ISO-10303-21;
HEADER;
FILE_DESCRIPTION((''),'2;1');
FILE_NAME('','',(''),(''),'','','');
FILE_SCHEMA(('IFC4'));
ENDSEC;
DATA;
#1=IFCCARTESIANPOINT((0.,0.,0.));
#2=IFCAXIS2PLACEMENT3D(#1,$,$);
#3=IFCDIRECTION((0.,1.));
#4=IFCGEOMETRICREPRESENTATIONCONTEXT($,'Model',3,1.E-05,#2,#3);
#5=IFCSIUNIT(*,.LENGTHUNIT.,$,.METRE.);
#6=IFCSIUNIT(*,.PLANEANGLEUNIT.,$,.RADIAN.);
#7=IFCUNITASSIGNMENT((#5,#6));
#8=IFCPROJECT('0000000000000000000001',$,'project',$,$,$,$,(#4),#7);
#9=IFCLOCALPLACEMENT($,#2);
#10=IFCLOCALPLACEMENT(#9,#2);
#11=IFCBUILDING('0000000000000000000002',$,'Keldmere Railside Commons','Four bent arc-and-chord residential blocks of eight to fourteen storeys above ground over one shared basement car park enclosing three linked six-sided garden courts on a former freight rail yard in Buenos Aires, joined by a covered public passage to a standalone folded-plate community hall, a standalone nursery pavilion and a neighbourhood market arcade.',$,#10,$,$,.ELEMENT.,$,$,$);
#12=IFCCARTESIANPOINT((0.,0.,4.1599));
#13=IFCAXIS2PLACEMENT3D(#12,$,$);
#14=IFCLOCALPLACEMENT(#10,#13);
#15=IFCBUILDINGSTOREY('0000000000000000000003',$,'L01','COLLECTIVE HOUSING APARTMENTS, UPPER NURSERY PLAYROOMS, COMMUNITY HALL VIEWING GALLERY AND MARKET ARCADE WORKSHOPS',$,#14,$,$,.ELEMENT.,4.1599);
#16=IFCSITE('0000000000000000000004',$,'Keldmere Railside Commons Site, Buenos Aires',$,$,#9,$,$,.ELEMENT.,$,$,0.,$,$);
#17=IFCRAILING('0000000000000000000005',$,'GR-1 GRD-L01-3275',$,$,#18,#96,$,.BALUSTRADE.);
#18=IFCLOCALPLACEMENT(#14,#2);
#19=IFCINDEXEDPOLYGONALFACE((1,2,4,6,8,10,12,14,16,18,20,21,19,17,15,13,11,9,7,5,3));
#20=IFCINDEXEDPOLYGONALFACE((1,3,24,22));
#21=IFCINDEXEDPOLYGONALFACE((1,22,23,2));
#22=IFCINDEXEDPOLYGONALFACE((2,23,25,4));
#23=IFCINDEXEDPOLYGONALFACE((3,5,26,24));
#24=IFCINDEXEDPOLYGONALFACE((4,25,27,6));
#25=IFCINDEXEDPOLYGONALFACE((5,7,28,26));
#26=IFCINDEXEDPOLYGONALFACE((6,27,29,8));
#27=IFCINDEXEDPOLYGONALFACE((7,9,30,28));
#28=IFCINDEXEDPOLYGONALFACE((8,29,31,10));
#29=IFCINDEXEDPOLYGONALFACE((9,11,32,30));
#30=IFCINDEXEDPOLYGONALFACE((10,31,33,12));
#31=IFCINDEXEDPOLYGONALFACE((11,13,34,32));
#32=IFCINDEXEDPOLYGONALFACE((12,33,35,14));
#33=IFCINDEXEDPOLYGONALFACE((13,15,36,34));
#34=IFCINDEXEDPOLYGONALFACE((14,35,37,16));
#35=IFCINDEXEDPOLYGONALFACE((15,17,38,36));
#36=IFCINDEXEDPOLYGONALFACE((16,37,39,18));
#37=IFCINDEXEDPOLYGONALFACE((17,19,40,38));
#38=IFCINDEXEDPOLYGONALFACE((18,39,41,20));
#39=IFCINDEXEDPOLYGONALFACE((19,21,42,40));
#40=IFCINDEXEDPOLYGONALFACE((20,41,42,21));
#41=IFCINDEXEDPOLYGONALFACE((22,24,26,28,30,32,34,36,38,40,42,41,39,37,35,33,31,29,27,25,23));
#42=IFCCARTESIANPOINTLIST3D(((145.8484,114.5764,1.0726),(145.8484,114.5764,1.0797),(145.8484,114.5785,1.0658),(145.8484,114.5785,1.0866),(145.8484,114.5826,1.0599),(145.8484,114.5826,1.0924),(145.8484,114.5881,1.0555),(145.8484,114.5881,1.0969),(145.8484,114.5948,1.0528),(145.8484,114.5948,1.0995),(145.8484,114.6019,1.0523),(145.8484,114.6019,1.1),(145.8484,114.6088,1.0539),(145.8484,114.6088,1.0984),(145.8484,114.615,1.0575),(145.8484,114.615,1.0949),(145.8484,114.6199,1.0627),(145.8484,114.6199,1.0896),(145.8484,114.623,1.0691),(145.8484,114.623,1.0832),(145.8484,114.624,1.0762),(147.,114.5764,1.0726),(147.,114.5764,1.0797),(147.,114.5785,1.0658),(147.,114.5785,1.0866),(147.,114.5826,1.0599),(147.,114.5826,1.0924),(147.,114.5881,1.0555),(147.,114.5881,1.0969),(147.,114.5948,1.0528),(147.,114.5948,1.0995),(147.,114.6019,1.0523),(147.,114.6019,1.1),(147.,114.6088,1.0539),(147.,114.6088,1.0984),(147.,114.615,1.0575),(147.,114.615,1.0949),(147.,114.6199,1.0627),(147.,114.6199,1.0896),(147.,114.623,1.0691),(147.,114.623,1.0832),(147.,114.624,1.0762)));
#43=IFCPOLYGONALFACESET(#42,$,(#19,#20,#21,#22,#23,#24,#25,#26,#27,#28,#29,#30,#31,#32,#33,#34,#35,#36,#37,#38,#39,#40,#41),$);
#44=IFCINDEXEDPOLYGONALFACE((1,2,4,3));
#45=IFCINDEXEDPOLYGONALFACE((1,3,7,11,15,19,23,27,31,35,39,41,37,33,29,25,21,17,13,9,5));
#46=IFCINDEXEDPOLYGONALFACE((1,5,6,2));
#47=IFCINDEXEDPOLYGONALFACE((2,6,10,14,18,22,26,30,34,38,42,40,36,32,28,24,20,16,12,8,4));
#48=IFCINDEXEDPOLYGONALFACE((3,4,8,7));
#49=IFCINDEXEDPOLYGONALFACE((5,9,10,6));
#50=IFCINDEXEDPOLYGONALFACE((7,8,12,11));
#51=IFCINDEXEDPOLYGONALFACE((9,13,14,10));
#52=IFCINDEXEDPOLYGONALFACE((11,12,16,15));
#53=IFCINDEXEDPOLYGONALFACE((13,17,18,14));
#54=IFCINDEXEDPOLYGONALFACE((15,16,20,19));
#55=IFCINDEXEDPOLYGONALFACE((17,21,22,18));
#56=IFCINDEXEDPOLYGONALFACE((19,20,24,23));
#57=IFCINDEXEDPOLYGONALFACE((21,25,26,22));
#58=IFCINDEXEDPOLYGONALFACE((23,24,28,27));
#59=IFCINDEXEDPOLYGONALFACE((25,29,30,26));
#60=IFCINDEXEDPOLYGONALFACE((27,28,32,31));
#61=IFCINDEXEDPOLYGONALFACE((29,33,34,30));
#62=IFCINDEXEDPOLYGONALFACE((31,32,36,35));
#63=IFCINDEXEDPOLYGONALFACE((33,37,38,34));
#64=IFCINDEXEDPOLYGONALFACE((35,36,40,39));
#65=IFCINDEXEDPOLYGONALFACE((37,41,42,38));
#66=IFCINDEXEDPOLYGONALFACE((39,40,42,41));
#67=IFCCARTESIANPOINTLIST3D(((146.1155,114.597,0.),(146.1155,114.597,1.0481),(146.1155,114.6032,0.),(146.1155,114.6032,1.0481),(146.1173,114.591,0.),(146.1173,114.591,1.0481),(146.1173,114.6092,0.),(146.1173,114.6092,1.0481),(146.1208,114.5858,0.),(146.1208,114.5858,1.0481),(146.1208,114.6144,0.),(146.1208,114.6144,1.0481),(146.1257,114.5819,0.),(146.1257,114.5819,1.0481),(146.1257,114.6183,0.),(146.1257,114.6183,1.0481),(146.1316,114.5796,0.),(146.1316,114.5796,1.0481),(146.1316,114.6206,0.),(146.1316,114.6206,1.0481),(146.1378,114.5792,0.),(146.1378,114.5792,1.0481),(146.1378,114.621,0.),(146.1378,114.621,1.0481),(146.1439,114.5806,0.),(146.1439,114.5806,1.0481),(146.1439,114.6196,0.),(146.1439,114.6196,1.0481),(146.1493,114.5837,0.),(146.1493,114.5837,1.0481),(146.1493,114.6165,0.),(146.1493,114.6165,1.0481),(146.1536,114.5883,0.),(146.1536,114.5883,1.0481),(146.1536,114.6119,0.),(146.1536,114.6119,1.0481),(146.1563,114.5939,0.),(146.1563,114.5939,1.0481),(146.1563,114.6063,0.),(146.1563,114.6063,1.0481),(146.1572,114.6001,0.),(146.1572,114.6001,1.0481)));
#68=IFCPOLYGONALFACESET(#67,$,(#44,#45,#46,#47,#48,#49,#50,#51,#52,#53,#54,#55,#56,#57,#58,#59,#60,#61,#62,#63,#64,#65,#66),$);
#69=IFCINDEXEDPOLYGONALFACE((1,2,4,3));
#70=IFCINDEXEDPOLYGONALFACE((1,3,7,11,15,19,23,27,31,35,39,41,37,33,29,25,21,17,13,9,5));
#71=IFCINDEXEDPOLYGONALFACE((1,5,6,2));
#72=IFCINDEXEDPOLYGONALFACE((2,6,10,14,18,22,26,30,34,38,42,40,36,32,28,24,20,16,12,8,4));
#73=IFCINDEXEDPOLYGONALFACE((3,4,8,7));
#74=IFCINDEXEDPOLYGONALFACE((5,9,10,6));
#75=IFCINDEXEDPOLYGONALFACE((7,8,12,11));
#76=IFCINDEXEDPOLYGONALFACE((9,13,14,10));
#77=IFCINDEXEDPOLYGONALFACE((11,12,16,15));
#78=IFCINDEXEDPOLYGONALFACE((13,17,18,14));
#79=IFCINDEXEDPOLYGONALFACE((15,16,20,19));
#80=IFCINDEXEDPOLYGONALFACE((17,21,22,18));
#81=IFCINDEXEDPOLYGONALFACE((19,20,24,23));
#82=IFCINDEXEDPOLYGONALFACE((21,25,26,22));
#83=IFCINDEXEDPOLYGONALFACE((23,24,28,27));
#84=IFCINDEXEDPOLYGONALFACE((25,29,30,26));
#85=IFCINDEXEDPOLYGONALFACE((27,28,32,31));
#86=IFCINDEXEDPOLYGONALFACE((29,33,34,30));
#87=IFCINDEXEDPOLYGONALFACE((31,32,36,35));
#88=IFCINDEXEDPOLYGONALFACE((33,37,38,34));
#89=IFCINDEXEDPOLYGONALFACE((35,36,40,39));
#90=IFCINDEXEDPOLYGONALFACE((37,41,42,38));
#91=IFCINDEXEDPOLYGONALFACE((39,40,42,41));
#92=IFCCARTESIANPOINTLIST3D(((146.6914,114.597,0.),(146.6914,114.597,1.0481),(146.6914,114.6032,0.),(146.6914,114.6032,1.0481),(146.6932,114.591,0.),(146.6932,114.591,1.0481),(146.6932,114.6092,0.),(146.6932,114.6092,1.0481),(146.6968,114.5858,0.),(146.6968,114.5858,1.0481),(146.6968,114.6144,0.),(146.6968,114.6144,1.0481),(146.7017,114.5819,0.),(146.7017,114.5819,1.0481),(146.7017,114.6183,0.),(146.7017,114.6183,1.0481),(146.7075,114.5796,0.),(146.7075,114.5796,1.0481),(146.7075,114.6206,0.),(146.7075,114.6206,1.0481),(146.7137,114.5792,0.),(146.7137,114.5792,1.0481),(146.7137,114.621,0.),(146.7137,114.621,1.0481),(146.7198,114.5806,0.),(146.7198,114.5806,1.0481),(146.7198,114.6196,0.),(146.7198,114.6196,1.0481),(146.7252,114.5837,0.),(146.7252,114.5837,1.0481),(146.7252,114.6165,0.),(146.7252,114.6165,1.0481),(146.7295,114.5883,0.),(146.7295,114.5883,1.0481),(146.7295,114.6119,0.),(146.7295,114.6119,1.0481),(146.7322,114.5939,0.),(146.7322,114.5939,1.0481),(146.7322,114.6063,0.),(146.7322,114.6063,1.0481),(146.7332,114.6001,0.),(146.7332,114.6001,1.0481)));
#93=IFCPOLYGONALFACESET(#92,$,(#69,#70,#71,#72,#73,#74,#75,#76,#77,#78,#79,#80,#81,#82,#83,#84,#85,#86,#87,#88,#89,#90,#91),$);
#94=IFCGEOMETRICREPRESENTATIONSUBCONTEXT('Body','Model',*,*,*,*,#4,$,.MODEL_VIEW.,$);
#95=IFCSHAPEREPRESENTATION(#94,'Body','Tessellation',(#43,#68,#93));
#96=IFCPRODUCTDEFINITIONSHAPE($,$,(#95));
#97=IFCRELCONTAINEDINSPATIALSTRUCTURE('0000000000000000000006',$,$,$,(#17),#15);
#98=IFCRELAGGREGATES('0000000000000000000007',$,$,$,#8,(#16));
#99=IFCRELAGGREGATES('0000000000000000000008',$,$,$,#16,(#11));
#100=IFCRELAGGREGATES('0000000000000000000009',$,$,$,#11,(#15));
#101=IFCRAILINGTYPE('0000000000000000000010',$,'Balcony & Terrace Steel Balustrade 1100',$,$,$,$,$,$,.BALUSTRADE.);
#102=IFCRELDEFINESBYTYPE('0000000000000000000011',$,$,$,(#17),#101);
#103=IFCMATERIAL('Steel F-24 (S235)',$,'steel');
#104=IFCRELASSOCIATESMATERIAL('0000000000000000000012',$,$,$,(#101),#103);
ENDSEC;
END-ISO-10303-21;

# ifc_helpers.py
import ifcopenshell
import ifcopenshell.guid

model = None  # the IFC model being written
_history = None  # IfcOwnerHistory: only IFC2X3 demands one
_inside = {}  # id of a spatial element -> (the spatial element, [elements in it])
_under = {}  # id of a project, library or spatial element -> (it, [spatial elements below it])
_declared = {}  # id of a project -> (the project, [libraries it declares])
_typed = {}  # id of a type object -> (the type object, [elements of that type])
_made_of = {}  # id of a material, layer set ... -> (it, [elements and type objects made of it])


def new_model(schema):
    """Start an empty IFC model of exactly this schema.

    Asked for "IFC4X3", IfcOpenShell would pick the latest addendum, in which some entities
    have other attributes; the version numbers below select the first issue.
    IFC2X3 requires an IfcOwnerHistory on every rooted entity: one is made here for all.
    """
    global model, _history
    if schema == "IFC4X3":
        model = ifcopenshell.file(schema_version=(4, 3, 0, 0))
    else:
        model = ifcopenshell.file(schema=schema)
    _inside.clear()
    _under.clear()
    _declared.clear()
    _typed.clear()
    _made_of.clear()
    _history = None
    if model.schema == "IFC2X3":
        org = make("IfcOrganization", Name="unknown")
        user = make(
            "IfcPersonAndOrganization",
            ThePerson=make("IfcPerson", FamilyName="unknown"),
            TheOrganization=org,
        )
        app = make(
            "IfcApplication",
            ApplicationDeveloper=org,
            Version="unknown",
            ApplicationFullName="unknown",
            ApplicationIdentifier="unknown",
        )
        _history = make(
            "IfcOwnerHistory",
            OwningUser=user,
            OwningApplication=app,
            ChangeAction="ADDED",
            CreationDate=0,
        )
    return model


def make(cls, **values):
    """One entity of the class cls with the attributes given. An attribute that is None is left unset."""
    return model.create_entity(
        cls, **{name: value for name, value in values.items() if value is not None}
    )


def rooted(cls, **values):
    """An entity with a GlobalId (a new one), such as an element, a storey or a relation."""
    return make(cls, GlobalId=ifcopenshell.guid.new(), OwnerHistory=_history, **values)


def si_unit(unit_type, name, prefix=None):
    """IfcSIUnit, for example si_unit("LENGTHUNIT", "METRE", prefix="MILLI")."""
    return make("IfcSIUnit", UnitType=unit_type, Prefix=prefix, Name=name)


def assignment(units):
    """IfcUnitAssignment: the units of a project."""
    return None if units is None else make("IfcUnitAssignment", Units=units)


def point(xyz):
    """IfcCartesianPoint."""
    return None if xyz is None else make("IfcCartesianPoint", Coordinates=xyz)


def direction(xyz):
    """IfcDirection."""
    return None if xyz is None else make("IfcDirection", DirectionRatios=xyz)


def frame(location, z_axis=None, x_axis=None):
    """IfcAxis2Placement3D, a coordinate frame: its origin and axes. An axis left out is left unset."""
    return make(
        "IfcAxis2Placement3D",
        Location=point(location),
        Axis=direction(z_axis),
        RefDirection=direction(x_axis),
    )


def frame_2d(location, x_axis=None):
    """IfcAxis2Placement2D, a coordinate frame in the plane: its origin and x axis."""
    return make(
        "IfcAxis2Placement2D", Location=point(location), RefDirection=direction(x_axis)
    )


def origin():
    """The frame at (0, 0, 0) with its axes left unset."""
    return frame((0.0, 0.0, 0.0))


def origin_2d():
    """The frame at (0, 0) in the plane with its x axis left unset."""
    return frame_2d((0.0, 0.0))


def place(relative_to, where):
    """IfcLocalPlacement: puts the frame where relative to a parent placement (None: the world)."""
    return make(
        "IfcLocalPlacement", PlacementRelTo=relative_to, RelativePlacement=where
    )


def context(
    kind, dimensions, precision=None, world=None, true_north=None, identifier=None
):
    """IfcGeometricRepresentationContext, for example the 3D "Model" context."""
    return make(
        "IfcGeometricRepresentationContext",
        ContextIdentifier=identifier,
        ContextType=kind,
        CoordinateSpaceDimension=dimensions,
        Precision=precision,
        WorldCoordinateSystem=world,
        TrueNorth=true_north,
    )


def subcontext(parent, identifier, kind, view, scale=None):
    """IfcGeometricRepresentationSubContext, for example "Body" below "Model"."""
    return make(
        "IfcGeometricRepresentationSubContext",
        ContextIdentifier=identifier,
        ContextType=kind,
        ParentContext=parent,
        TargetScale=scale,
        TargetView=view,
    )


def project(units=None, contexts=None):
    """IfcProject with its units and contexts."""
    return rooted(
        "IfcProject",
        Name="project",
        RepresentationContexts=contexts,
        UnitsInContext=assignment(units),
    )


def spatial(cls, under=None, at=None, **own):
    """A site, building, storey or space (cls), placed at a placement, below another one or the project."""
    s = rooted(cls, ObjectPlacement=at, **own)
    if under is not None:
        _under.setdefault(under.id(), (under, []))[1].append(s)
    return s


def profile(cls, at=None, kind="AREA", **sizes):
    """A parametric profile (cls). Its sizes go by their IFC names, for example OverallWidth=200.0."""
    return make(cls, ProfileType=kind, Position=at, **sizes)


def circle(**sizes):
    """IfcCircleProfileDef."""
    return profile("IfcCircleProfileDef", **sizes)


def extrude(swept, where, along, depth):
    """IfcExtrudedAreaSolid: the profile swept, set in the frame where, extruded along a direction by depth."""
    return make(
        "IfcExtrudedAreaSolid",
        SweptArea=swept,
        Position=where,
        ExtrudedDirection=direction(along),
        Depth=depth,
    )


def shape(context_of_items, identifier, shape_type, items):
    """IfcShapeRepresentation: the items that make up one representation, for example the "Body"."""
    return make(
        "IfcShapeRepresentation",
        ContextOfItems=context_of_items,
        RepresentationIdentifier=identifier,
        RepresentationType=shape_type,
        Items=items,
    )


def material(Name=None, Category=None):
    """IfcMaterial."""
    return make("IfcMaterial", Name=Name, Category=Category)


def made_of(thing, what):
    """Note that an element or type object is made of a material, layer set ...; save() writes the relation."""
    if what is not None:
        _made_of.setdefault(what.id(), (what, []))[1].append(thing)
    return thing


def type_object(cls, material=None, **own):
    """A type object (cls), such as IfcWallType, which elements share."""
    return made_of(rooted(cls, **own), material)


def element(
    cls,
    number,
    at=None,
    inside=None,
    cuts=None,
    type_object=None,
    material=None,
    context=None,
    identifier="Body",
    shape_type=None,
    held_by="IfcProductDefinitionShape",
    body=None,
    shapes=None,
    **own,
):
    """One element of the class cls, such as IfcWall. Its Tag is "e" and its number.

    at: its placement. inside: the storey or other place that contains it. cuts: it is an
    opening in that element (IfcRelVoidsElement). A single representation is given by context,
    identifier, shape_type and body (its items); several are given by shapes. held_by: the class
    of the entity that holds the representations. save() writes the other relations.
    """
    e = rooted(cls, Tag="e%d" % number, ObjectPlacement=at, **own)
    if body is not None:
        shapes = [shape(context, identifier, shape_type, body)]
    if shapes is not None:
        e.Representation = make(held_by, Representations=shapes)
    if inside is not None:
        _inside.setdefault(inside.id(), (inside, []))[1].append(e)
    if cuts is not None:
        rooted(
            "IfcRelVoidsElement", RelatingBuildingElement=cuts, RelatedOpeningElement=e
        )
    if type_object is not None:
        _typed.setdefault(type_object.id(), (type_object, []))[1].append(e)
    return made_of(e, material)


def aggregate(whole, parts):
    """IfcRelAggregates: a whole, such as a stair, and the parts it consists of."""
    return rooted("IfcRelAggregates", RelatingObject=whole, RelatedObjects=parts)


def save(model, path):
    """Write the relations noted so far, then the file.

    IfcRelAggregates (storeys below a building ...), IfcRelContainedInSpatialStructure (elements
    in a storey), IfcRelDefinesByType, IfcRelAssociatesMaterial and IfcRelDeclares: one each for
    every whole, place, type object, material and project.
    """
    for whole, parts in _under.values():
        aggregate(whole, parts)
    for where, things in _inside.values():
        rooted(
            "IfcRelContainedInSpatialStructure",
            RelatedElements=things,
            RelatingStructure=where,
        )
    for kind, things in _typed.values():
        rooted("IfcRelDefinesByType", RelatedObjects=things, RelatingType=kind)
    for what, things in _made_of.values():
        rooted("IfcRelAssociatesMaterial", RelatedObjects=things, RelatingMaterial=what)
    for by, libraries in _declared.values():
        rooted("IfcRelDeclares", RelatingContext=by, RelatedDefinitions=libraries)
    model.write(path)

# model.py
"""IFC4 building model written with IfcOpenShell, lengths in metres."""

from ifc_helpers import new_model, si_unit, direction, frame, origin, origin_2d, place, context, subcontext, project, spatial, circle, extrude, material, type_object, element, save


model = new_model("IFC4")

# Units and contexts
model_context = context("Model", 3, precision=1e-05, world=origin(), true_north=direction((0.0, 1.0)))
body_context = subcontext(model_context, "Body", "Model", "MODEL_VIEW")
ifc_project = project(units=[si_unit("LENGTHUNIT", "METRE"), si_unit("PLANEANGLEUNIT", "RADIAN")], contexts=[model_context])

# Site, building, storey
site_placement = place(None, origin())
site = spatial("IfcSite", under=ifc_project, at=site_placement, Name="Keldmere Railside Commons Site, Buenos Aires", CompositionType="ELEMENT", RefElevation=0.0)
building_placement = place(site_placement, origin())
building = spatial("IfcBuilding", under=site, at=building_placement, Name="Keldmere Railside Commons", Description="Four bent arc-and-chord residential blocks of eight to fourteen storeys above ground over one shared basement car park enclosing three linked six-sided garden courts on a former freight rail yard in Buenos Aires, joined by a covered public passage to a standalone folded-plate community hall, a standalone nursery pavilion and a neighbourhood market arcade.", CompositionType="ELEMENT")
storey_placement = place(building_placement, frame((0.0, 0.0, 4.1599)))
storey = spatial("IfcBuildingStorey", under=building, at=storey_placement, Name="L01", Description="COLLECTIVE HOUSING APARTMENTS, UPPER NURSERY PLAYROOMS, COMMUNITY HALL VIEWING GALLERY AND MARKET ARCADE WORKSHOPS", CompositionType="ELEMENT", Elevation=4.1599)

# Railing
ifc_material_1 = material(Name="Steel F-24 (S235)", Category="steel")
railing_type = type_object("IfcRailingType", Name="Balcony & Terrace Steel Balustrade 1100", PredefinedType="BALUSTRADE", material=ifc_material_1)
railing_1_placement = place(storey_placement, frame((145.8484, 114.6001, 0.0)))
element("IfcRailing", 1, at=railing_1_placement, inside=storey, type_object=railing_type, Name="GR-1 GRD-L01-3275", PredefinedType="BALUSTRADE", context=body_context, shape_type="SweptSolid", body=[
    extrude(circle(Radius=0.0239, at=origin_2d()), frame((0.0, 0.0, 1.0762), z_axis=(1.0, 0.0, 0.0), x_axis=(0.0, 1.0, 0.0)), (0.0, 0.0, 1.0), 1.1516),
    extrude(circle(Radius=0.021, at=origin_2d()), frame((0.2878, 0.0, 0.0)), (0.0, 0.0, 1.0), 1.0481),
    extrude(circle(Radius=0.021, at=origin_2d()), frame((0.8638, 0.0, 0.0)), (0.0, 0.0, 1.0), 1.0481),
])

save(model, "model.ifc")
